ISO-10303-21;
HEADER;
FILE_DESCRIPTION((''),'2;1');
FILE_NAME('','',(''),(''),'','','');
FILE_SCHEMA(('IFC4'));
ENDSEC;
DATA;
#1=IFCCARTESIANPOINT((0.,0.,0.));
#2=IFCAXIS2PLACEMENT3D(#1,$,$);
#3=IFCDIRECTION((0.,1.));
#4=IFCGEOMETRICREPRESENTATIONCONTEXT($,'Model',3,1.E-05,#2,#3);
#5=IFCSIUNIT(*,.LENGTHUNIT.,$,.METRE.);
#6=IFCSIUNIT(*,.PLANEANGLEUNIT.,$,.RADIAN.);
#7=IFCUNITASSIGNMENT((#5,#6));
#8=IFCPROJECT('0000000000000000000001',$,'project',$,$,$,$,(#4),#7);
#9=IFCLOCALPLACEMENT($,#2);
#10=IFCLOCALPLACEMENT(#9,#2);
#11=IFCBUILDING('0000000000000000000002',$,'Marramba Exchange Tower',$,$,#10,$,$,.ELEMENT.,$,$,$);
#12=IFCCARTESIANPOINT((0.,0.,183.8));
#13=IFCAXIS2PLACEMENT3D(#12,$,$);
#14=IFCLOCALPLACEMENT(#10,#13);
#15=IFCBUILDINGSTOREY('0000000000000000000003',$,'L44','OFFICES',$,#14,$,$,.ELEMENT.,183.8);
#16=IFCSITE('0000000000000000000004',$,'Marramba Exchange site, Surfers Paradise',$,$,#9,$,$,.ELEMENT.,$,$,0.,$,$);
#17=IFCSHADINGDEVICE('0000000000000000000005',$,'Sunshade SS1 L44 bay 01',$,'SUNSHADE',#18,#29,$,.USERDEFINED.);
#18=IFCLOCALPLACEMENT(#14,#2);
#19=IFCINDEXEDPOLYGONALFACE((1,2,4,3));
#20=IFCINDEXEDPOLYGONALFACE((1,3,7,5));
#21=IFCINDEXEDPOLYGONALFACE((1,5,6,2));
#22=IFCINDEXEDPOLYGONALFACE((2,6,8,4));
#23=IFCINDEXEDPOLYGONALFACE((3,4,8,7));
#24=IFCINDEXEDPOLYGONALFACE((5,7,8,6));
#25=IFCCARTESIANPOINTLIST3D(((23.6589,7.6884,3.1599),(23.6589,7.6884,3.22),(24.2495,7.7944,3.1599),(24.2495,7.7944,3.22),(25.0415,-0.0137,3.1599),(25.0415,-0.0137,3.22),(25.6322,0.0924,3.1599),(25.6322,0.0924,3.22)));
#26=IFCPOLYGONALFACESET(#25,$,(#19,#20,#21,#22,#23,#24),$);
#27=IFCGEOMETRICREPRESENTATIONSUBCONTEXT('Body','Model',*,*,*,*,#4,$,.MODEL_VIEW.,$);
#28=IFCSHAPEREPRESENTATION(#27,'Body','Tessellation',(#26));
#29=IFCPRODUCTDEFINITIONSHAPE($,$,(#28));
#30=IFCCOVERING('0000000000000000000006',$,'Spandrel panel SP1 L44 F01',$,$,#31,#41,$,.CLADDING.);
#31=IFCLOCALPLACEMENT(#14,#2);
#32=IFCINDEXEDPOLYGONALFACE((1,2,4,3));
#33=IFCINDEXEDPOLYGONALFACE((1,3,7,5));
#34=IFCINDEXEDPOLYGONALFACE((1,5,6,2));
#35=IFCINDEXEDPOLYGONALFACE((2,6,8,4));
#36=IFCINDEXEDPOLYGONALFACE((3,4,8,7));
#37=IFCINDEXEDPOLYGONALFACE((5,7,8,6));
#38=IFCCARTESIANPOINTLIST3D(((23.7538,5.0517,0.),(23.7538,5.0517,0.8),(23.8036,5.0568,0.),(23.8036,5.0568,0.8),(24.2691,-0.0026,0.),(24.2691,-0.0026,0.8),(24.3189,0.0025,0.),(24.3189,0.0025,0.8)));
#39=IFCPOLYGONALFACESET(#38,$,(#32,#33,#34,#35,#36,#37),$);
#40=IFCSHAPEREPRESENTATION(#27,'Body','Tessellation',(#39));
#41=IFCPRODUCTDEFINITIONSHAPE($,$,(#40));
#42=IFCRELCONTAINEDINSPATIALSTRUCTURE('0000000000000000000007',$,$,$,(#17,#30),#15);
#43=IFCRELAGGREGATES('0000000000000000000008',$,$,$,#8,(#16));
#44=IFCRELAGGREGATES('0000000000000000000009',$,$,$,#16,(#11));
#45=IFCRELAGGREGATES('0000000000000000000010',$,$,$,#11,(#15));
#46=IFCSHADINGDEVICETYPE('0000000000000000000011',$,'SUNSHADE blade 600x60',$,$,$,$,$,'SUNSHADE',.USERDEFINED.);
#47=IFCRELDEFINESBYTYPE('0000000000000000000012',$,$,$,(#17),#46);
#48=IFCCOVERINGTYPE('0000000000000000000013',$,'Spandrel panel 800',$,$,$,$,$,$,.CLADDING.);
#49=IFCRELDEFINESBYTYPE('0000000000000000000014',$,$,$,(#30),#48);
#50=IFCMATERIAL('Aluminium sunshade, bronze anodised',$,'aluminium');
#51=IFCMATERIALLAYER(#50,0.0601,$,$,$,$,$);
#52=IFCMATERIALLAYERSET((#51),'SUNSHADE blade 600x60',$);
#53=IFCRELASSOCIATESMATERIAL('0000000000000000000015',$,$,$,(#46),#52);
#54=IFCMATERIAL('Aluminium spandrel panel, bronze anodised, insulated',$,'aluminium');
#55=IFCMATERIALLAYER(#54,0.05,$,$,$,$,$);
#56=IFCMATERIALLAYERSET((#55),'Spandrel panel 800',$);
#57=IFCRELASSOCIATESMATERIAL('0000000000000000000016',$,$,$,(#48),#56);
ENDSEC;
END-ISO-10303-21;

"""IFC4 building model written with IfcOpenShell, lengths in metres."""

from ifc_helpers import new_model, si_unit, direction, frame, origin, origin_2d, place, context, subcontext, project, spatial, rectangle, extrude, material, layer, layer_set, type_object, element, save


model = new_model("IFC4")

# Units and contexts
model_context = context("Model", 3, precision=1e-05, world=origin(), true_north=direction((0.0, 1.0)))
body_context = subcontext(model_context, "Body", "Model", "MODEL_VIEW")
ifc_project = project(units=[si_unit("LENGTHUNIT", "METRE"), si_unit("PLANEANGLEUNIT", "RADIAN")], contexts=[model_context])

# Site, building, storey
site_placement = place(None, origin())
site = spatial("IfcSite", under=ifc_project, at=site_placement, Name="Marramba Exchange site, Surfers Paradise", CompositionType="ELEMENT", RefElevation=0.0)
building_placement = place(site_placement, origin())
building = spatial("IfcBuilding", under=site, at=building_placement, Name="Marramba Exchange Tower", CompositionType="ELEMENT")
storey_placement = place(building_placement, frame((0.0, 0.0, 183.8)))
storey = spatial("IfcBuildingStorey", under=building, at=storey_placement, Name="L44", Description="OFFICES", CompositionType="ELEMENT", Elevation=183.8)

# Shading device
ifc_material_1 = material(Name="Aluminium sunshade, bronze anodised", Category="aluminium")
ifc_layer_1 = layer(ifc_material_1, 0.0601)
ifc_layer_set_1 = layer_set([ifc_layer_1], Name="SUNSHADE blade 600x60")
shading_device_type_1 = type_object("IfcShadingDeviceType", Name="SUNSHADE blade 600x60", ElementType="SUNSHADE", PredefinedType="USERDEFINED", material=ifc_layer_set_1)
shading_device_1_placement = place(storey_placement, frame((24.6455, 3.8904, 3.1599), z_axis=(0.0, 0.0, 1.0), x_axis=(-0.176691, 0.984266, 0.0)))
element("IfcShadingDevice", 1, at=shading_device_1_placement, inside=storey, type_object=shading_device_type_1, Name="Sunshade SS1 L44 bay 01", ObjectType="SUNSHADE", PredefinedType="USERDEFINED", context=body_context, shape_type="SweptSolid", body=[
    extrude(rectangle(XDim=7.8252, YDim=0.6001, at=origin_2d()), origin(), (0.0, 0.0, 1.0), 0.0601),
])

# Covering
ifc_material_2 = material(Name="Aluminium spandrel panel, bronze anodised, insulated", Category="aluminium")
ifc_layer_2 = layer(ifc_material_2, 0.05)
ifc_layer_set_2 = layer_set([ifc_layer_2], Name="Spandrel panel 800")
covering_type = type_object("IfcCoveringType", Name="Spandrel panel 800", PredefinedType="CLADDING", material=ifc_layer_set_2)
covering_placement = place(storey_placement, frame((24.0364, 2.5271, 0.0), z_axis=(0.0, 0.0, 1.0), x_axis=(-0.101422, 0.994843, 0.0)))
element("IfcCovering", 2, at=covering_placement, inside=storey, type_object=covering_type, Name="Spandrel panel SP1 L44 F01", PredefinedType="CLADDING", context=body_context, shape_type="SweptSolid", body=[
    extrude(rectangle(XDim=5.0806, YDim=0.05, at=origin_2d()), origin(), (0.0, 0.0, 1.0), 0.8),
])

save(model, "model.ifc")
